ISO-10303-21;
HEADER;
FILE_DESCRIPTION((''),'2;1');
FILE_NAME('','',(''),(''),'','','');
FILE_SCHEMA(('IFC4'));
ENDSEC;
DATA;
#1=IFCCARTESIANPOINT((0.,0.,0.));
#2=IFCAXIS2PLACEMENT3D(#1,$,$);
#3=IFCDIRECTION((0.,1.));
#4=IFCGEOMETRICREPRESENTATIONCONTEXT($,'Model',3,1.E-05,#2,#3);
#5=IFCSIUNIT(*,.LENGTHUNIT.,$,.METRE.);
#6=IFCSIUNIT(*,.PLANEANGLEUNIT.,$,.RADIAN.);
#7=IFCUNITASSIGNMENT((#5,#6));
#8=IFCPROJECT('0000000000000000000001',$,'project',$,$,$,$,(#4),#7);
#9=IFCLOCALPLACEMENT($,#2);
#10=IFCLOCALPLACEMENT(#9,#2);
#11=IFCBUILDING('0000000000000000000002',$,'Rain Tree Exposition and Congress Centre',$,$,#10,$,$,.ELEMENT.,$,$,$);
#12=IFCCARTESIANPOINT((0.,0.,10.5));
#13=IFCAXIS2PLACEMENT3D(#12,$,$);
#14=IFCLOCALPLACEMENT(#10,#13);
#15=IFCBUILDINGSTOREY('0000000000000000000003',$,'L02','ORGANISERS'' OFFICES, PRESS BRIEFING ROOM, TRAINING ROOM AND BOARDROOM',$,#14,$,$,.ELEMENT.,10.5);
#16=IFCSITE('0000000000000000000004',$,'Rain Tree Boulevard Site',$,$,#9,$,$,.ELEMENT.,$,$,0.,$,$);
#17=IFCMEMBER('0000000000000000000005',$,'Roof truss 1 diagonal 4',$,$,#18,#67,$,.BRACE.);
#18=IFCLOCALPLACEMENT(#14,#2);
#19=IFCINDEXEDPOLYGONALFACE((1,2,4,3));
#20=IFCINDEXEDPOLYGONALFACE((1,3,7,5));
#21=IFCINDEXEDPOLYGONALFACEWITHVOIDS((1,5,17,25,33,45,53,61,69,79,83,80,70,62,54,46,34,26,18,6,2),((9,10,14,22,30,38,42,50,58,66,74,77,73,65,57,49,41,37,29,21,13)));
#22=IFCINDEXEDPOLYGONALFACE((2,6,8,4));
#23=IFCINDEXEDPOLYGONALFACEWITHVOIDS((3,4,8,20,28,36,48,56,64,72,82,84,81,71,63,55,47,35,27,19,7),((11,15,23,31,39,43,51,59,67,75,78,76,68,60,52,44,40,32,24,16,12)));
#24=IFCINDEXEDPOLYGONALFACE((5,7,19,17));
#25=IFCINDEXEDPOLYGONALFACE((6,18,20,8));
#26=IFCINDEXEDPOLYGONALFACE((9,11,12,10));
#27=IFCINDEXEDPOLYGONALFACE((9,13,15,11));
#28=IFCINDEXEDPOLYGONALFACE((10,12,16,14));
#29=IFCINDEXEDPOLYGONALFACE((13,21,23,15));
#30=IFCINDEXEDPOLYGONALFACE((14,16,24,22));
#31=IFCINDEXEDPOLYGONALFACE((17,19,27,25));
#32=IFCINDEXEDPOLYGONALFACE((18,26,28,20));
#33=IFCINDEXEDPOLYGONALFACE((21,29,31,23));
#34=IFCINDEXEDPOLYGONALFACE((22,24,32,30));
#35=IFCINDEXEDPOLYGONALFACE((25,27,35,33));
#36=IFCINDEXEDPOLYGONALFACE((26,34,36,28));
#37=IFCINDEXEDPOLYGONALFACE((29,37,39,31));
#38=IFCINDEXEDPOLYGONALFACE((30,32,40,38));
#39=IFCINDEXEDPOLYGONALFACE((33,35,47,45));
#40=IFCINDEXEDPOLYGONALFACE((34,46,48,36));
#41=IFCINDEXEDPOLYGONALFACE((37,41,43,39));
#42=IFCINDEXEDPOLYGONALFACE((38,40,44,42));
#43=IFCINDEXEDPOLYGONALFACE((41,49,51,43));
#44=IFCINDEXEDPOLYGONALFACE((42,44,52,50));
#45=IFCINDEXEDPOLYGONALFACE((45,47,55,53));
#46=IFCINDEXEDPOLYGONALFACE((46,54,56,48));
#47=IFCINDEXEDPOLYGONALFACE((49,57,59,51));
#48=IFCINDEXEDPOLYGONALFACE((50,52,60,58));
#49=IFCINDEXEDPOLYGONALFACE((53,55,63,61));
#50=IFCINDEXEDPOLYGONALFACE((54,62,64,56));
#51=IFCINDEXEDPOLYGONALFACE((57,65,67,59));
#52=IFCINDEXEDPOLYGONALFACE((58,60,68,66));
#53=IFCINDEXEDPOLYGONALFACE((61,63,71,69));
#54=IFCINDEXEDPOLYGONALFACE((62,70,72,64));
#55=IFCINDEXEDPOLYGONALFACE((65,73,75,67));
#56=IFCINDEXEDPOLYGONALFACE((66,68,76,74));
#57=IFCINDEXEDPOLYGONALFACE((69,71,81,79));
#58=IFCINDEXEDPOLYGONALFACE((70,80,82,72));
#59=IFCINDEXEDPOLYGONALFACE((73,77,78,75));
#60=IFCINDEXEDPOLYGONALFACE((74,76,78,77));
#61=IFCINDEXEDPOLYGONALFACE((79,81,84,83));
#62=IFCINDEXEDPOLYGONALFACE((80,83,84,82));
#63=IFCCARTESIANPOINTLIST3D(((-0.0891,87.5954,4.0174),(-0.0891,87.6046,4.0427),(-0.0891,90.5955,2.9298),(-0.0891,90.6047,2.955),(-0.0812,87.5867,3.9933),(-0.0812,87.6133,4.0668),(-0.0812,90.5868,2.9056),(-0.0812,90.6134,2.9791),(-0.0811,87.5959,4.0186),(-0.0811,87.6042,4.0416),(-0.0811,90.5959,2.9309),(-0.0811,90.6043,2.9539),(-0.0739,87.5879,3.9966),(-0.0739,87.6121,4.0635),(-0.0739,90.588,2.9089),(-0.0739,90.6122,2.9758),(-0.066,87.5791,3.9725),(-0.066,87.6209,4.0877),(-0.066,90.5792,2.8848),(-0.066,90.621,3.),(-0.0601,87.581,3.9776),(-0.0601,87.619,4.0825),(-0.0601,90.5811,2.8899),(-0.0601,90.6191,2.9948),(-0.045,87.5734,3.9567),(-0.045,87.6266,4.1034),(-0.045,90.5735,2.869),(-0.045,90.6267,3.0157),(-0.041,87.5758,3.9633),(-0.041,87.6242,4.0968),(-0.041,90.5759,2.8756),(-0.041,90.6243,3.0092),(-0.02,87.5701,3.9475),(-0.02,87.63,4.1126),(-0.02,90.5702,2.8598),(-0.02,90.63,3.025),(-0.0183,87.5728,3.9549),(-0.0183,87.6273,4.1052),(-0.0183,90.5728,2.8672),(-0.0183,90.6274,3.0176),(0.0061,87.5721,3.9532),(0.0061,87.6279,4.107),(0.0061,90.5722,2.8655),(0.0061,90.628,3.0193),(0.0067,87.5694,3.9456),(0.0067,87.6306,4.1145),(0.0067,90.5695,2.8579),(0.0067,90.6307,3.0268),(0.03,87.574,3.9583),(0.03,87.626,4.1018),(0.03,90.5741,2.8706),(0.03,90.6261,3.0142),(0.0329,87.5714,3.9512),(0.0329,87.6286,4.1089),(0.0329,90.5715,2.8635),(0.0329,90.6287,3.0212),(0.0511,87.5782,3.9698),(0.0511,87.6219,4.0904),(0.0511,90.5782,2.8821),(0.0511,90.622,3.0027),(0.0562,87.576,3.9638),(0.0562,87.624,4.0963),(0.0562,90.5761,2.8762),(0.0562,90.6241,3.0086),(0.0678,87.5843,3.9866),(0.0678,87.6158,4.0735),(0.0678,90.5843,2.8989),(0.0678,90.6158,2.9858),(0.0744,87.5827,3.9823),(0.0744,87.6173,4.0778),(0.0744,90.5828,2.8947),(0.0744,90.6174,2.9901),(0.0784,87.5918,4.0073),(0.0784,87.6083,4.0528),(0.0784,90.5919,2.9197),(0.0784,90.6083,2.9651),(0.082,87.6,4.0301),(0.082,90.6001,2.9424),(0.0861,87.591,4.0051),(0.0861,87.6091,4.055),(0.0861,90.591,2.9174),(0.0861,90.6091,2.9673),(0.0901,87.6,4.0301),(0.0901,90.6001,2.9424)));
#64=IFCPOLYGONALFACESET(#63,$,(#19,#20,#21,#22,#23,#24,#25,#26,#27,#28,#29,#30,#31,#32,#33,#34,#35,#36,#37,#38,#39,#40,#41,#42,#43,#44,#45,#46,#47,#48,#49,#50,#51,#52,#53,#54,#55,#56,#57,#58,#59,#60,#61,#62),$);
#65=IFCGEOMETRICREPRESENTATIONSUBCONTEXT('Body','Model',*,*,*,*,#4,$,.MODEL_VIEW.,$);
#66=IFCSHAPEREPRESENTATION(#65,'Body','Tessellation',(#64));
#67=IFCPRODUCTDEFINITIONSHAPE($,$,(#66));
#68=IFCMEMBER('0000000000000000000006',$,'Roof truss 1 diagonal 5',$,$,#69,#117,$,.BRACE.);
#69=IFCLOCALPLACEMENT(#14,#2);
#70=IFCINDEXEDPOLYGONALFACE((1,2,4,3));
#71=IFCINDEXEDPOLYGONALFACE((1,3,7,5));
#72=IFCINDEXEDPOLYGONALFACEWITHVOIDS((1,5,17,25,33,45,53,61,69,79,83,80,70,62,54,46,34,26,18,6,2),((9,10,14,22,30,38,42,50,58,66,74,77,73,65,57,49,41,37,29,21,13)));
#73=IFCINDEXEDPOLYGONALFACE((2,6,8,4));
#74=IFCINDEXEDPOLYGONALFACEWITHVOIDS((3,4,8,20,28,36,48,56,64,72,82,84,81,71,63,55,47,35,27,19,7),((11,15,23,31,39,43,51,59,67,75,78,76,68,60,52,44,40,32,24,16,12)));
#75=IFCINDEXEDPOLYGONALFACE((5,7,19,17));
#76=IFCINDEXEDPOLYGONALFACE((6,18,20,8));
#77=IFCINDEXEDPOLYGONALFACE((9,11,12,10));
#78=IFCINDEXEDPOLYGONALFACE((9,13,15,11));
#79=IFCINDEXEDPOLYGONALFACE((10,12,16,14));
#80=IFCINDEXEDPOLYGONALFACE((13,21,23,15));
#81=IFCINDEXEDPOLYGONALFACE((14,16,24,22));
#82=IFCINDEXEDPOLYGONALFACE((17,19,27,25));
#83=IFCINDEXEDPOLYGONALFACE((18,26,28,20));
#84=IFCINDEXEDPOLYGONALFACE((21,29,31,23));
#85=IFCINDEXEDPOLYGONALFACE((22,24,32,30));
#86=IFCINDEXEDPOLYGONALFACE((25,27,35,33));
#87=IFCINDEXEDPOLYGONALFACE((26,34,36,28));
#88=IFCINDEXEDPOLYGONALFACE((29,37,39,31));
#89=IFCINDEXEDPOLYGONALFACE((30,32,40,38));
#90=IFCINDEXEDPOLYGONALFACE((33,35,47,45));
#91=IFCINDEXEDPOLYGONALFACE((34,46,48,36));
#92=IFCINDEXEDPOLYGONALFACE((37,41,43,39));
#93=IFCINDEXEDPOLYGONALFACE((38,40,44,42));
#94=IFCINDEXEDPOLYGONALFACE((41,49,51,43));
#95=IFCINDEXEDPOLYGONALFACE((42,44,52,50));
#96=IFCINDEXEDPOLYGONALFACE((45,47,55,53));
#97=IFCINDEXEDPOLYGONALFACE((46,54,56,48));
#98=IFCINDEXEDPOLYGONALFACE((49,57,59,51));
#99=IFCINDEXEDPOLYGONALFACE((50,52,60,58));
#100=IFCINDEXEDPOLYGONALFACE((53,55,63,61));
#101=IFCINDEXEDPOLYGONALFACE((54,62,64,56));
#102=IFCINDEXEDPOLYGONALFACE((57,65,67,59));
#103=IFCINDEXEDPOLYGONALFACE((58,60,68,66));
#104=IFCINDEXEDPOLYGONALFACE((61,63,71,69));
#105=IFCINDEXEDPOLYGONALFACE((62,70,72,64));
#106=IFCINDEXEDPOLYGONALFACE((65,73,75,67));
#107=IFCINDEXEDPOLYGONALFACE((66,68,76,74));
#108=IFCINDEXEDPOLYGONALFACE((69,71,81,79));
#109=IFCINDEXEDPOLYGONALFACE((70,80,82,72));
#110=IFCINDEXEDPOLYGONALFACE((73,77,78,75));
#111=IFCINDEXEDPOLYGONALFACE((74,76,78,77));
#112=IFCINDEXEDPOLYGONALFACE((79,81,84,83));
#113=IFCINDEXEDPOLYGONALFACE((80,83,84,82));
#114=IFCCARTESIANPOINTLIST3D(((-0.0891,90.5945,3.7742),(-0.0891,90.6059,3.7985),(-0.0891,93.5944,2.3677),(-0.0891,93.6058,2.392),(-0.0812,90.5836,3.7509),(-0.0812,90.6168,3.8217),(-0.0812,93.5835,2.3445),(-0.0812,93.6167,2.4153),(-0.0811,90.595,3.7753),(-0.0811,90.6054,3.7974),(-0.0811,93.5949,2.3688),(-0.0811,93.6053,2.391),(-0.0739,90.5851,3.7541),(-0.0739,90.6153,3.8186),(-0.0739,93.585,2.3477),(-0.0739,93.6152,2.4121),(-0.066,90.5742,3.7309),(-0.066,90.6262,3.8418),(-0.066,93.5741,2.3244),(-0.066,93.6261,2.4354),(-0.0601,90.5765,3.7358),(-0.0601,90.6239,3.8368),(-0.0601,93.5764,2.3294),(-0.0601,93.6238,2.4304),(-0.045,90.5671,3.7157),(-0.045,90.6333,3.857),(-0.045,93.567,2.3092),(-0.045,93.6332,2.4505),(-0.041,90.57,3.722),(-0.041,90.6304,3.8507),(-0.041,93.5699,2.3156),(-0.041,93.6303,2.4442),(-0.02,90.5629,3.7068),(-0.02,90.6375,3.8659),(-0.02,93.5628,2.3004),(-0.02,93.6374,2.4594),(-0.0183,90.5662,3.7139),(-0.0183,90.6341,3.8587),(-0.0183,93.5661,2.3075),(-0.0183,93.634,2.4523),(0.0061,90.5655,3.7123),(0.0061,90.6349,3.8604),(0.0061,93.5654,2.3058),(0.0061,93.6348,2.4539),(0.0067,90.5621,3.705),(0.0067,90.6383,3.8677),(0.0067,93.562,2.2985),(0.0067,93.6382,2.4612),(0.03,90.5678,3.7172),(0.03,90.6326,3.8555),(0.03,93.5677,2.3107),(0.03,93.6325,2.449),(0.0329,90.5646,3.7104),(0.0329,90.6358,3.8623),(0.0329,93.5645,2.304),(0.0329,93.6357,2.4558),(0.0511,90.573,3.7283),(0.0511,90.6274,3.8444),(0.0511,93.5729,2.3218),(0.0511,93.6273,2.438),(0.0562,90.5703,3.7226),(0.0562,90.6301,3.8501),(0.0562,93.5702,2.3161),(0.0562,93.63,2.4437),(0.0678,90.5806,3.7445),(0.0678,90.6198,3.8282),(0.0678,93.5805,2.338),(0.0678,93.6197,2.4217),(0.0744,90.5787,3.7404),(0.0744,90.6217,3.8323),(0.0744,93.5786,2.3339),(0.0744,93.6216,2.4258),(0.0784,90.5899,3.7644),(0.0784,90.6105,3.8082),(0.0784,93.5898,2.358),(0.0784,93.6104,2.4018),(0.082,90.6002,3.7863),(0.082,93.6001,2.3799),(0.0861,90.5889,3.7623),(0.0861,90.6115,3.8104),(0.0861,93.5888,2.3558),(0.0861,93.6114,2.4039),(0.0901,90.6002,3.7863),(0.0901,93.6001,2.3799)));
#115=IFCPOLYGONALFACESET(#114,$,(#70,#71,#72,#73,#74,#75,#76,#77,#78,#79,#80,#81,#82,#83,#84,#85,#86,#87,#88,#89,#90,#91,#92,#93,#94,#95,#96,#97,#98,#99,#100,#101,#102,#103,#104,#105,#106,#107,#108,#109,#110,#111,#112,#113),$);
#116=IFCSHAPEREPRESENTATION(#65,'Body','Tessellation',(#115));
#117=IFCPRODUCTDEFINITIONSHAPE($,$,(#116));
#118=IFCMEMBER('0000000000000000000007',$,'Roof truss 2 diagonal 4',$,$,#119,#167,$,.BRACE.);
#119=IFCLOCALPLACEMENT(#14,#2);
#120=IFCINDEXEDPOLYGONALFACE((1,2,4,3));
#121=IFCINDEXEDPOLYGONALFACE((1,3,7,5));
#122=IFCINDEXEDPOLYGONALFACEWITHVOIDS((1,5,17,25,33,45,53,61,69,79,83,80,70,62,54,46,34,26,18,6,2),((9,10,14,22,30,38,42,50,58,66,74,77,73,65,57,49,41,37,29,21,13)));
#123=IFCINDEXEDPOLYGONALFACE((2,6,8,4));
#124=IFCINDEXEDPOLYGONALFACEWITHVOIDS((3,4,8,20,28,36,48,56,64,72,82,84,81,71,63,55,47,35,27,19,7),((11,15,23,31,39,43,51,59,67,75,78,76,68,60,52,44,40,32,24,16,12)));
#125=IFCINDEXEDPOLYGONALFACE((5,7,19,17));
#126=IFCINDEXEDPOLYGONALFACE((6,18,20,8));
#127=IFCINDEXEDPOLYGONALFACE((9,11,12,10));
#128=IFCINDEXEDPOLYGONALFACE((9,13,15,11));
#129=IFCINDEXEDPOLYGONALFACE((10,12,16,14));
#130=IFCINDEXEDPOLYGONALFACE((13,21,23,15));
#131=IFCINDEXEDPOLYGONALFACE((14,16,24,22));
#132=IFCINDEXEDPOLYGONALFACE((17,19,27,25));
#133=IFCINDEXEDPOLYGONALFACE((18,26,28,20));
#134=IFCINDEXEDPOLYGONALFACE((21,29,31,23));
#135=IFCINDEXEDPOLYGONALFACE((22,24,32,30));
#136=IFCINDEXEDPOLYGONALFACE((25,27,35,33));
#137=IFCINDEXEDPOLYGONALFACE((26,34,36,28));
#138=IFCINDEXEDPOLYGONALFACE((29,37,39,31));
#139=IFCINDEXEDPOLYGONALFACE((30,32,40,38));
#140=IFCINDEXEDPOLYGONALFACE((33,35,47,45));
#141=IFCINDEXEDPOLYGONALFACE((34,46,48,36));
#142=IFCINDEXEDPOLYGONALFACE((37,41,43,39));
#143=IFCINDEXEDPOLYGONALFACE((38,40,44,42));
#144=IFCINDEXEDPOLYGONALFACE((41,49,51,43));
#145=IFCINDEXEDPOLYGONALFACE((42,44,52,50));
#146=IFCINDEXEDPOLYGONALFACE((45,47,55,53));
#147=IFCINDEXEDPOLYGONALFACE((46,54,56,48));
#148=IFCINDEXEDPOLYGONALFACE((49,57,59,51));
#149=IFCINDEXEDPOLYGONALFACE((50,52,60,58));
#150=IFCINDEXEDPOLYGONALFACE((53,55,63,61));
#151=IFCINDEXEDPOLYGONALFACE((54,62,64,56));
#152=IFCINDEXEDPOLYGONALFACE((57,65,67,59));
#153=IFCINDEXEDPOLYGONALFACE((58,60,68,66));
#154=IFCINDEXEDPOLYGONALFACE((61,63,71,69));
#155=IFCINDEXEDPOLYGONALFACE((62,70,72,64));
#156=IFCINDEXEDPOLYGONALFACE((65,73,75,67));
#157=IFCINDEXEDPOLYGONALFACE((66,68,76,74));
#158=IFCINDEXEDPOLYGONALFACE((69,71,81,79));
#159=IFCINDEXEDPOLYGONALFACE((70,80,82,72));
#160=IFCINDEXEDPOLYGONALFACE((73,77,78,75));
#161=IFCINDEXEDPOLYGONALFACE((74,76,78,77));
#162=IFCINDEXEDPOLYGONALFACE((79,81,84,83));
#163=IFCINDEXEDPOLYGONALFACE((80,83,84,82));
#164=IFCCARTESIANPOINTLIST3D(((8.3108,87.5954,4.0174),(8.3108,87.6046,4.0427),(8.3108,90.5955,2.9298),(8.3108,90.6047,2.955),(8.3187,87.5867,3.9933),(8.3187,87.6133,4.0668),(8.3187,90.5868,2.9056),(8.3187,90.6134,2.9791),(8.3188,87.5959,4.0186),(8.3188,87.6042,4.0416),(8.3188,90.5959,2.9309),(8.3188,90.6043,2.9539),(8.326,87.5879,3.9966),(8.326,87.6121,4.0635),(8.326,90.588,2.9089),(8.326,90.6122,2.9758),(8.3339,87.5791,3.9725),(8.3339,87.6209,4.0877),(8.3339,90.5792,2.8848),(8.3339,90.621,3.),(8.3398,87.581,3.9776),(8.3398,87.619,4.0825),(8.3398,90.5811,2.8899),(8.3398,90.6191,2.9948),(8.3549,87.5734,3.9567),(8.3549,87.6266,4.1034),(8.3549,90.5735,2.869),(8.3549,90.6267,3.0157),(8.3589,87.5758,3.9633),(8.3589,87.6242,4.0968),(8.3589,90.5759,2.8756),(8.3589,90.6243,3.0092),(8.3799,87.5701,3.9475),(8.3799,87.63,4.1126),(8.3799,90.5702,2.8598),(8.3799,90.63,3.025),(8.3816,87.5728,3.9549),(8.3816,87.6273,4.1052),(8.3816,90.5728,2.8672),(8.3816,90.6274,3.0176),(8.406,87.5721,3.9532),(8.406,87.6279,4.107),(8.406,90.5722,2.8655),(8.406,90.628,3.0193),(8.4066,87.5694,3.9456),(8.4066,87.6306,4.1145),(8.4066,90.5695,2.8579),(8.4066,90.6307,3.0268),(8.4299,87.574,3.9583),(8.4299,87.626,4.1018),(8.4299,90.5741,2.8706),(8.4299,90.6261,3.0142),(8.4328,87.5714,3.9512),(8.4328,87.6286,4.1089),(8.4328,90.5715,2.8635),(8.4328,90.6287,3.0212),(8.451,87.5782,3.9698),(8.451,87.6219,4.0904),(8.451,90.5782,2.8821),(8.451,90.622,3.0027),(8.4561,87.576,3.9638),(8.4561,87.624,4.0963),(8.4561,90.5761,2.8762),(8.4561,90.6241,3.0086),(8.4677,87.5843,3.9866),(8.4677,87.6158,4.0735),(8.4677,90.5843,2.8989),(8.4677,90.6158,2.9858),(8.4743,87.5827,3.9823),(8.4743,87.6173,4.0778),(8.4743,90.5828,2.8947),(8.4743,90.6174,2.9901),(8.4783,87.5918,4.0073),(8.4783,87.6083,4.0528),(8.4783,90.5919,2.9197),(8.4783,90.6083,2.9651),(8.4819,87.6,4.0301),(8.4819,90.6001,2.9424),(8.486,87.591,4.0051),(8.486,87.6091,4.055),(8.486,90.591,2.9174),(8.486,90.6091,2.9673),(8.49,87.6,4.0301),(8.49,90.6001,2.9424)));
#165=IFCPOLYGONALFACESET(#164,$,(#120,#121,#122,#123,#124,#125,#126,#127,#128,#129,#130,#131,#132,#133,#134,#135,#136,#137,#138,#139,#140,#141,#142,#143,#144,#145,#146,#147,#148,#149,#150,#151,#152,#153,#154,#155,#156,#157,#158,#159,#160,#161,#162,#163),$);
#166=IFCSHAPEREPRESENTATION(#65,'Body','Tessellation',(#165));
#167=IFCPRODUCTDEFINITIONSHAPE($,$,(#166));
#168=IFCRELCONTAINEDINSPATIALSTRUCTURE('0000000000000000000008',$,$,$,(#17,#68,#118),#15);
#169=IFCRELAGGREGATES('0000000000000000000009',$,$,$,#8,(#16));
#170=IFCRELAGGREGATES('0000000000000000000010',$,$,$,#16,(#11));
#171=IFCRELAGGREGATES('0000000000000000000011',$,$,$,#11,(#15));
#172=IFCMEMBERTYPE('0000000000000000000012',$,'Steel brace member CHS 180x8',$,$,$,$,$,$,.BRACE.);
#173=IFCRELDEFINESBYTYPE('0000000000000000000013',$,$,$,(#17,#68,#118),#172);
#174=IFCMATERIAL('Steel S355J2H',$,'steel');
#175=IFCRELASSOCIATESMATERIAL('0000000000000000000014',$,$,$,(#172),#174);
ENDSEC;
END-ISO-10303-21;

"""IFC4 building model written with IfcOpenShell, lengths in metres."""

from ifc_helpers import new_model, si_unit, direction, frame, origin, origin_2d, place, context, subcontext, project, spatial, hollow_circle, extrude, material, material_profile, profile_set, type_object, element, save


model = new_model("IFC4")

# Units and contexts
model_context = context("Model", 3, precision=1e-05, world=origin(), true_north=direction((0.0, 1.0)))
body_context = subcontext(model_context, "Body", "Model", "MODEL_VIEW")
ifc_project = project(units=[si_unit("LENGTHUNIT", "METRE"), si_unit("PLANEANGLEUNIT", "RADIAN")], contexts=[model_context])

# Site, building, storey
site_placement = place(None, origin())
site = spatial("IfcSite", under=ifc_project, at=site_placement, Name="Rain Tree Boulevard Site", CompositionType="ELEMENT", RefElevation=0.0)
building_placement = place(site_placement, origin())
building = spatial("IfcBuilding", under=site, at=building_placement, Name="Rain Tree Exposition and Congress Centre", CompositionType="ELEMENT")
storey_placement = place(building_placement, frame((0.0, 0.0, 10.5)))
storey = spatial("IfcBuildingStorey", under=building, at=storey_placement, Name="L02", Description="ORGANISERS' OFFICES, PRESS BRIEFING ROOM, TRAINING ROOM AND BOARDROOM", CompositionType="ELEMENT", Elevation=10.5)

# Members
ifc_material_1 = material(Name="Steel S355J2H", Category="steel")
ifc_material_profile_1 = material_profile(ifc_material_1, hollow_circle(Radius=0.0901, WallThickness=0.0081, at=origin_2d()), Name="CHS 180x8")
ifc_profile_set_1 = profile_set([ifc_material_profile_1], Name="Steel S355J2H")
member_type_1 = type_object("IfcMemberType", Name="Steel brace member CHS 180x8", PredefinedType="BRACE", material=ifc_profile_set_1)
member_1_placement = place(storey_placement, frame((0.0, 90.6001, 2.9424), z_axis=(0.0, -0.940121, 0.34084), x_axis=(1.0, 0.0, 0.0)))
element("IfcMember", 1, at=member_1_placement, inside=storey, type_object=member_type_1, Name="Roof truss 1 diagonal 4", PredefinedType="BRACE", context=body_context, shape_type="SweptSolid", body=[
    extrude(hollow_circle(Radius=0.0901, WallThickness=0.0081, at=origin_2d()), origin(), (0.0, 0.0, 1.0), 3.1912),
])
member_2_placement = place(storey_placement, frame((0.0, 93.6001, 2.3799), z_axis=(0.0, -0.905431, 0.424494), x_axis=(1.0, 0.0, 0.0)))
element("IfcMember", 2, at=member_2_placement, inside=storey, type_object=member_type_1, Name="Roof truss 1 diagonal 5", PredefinedType="BRACE", context=body_context, shape_type="SweptSolid", body=[
    extrude(hollow_circle(Radius=0.0901, WallThickness=0.0081, at=origin_2d()), origin(), (0.0, 0.0, 1.0), 3.3132),
])
member_3_placement = place(storey_placement, frame((8.3999, 90.6001, 2.9424), z_axis=(0.0, -0.940121, 0.34084), x_axis=(1.0, 0.0, 0.0)))
element("IfcMember", 3, at=member_3_placement, inside=storey, type_object=member_type_1, Name="Roof truss 2 diagonal 4", PredefinedType="BRACE", context=body_context, shape_type="SweptSolid", body=[
    extrude(hollow_circle(Radius=0.0901, WallThickness=0.0081, at=origin_2d()), origin(), (0.0, 0.0, 1.0), 3.1912),
])

save(model, "model.ifc")
